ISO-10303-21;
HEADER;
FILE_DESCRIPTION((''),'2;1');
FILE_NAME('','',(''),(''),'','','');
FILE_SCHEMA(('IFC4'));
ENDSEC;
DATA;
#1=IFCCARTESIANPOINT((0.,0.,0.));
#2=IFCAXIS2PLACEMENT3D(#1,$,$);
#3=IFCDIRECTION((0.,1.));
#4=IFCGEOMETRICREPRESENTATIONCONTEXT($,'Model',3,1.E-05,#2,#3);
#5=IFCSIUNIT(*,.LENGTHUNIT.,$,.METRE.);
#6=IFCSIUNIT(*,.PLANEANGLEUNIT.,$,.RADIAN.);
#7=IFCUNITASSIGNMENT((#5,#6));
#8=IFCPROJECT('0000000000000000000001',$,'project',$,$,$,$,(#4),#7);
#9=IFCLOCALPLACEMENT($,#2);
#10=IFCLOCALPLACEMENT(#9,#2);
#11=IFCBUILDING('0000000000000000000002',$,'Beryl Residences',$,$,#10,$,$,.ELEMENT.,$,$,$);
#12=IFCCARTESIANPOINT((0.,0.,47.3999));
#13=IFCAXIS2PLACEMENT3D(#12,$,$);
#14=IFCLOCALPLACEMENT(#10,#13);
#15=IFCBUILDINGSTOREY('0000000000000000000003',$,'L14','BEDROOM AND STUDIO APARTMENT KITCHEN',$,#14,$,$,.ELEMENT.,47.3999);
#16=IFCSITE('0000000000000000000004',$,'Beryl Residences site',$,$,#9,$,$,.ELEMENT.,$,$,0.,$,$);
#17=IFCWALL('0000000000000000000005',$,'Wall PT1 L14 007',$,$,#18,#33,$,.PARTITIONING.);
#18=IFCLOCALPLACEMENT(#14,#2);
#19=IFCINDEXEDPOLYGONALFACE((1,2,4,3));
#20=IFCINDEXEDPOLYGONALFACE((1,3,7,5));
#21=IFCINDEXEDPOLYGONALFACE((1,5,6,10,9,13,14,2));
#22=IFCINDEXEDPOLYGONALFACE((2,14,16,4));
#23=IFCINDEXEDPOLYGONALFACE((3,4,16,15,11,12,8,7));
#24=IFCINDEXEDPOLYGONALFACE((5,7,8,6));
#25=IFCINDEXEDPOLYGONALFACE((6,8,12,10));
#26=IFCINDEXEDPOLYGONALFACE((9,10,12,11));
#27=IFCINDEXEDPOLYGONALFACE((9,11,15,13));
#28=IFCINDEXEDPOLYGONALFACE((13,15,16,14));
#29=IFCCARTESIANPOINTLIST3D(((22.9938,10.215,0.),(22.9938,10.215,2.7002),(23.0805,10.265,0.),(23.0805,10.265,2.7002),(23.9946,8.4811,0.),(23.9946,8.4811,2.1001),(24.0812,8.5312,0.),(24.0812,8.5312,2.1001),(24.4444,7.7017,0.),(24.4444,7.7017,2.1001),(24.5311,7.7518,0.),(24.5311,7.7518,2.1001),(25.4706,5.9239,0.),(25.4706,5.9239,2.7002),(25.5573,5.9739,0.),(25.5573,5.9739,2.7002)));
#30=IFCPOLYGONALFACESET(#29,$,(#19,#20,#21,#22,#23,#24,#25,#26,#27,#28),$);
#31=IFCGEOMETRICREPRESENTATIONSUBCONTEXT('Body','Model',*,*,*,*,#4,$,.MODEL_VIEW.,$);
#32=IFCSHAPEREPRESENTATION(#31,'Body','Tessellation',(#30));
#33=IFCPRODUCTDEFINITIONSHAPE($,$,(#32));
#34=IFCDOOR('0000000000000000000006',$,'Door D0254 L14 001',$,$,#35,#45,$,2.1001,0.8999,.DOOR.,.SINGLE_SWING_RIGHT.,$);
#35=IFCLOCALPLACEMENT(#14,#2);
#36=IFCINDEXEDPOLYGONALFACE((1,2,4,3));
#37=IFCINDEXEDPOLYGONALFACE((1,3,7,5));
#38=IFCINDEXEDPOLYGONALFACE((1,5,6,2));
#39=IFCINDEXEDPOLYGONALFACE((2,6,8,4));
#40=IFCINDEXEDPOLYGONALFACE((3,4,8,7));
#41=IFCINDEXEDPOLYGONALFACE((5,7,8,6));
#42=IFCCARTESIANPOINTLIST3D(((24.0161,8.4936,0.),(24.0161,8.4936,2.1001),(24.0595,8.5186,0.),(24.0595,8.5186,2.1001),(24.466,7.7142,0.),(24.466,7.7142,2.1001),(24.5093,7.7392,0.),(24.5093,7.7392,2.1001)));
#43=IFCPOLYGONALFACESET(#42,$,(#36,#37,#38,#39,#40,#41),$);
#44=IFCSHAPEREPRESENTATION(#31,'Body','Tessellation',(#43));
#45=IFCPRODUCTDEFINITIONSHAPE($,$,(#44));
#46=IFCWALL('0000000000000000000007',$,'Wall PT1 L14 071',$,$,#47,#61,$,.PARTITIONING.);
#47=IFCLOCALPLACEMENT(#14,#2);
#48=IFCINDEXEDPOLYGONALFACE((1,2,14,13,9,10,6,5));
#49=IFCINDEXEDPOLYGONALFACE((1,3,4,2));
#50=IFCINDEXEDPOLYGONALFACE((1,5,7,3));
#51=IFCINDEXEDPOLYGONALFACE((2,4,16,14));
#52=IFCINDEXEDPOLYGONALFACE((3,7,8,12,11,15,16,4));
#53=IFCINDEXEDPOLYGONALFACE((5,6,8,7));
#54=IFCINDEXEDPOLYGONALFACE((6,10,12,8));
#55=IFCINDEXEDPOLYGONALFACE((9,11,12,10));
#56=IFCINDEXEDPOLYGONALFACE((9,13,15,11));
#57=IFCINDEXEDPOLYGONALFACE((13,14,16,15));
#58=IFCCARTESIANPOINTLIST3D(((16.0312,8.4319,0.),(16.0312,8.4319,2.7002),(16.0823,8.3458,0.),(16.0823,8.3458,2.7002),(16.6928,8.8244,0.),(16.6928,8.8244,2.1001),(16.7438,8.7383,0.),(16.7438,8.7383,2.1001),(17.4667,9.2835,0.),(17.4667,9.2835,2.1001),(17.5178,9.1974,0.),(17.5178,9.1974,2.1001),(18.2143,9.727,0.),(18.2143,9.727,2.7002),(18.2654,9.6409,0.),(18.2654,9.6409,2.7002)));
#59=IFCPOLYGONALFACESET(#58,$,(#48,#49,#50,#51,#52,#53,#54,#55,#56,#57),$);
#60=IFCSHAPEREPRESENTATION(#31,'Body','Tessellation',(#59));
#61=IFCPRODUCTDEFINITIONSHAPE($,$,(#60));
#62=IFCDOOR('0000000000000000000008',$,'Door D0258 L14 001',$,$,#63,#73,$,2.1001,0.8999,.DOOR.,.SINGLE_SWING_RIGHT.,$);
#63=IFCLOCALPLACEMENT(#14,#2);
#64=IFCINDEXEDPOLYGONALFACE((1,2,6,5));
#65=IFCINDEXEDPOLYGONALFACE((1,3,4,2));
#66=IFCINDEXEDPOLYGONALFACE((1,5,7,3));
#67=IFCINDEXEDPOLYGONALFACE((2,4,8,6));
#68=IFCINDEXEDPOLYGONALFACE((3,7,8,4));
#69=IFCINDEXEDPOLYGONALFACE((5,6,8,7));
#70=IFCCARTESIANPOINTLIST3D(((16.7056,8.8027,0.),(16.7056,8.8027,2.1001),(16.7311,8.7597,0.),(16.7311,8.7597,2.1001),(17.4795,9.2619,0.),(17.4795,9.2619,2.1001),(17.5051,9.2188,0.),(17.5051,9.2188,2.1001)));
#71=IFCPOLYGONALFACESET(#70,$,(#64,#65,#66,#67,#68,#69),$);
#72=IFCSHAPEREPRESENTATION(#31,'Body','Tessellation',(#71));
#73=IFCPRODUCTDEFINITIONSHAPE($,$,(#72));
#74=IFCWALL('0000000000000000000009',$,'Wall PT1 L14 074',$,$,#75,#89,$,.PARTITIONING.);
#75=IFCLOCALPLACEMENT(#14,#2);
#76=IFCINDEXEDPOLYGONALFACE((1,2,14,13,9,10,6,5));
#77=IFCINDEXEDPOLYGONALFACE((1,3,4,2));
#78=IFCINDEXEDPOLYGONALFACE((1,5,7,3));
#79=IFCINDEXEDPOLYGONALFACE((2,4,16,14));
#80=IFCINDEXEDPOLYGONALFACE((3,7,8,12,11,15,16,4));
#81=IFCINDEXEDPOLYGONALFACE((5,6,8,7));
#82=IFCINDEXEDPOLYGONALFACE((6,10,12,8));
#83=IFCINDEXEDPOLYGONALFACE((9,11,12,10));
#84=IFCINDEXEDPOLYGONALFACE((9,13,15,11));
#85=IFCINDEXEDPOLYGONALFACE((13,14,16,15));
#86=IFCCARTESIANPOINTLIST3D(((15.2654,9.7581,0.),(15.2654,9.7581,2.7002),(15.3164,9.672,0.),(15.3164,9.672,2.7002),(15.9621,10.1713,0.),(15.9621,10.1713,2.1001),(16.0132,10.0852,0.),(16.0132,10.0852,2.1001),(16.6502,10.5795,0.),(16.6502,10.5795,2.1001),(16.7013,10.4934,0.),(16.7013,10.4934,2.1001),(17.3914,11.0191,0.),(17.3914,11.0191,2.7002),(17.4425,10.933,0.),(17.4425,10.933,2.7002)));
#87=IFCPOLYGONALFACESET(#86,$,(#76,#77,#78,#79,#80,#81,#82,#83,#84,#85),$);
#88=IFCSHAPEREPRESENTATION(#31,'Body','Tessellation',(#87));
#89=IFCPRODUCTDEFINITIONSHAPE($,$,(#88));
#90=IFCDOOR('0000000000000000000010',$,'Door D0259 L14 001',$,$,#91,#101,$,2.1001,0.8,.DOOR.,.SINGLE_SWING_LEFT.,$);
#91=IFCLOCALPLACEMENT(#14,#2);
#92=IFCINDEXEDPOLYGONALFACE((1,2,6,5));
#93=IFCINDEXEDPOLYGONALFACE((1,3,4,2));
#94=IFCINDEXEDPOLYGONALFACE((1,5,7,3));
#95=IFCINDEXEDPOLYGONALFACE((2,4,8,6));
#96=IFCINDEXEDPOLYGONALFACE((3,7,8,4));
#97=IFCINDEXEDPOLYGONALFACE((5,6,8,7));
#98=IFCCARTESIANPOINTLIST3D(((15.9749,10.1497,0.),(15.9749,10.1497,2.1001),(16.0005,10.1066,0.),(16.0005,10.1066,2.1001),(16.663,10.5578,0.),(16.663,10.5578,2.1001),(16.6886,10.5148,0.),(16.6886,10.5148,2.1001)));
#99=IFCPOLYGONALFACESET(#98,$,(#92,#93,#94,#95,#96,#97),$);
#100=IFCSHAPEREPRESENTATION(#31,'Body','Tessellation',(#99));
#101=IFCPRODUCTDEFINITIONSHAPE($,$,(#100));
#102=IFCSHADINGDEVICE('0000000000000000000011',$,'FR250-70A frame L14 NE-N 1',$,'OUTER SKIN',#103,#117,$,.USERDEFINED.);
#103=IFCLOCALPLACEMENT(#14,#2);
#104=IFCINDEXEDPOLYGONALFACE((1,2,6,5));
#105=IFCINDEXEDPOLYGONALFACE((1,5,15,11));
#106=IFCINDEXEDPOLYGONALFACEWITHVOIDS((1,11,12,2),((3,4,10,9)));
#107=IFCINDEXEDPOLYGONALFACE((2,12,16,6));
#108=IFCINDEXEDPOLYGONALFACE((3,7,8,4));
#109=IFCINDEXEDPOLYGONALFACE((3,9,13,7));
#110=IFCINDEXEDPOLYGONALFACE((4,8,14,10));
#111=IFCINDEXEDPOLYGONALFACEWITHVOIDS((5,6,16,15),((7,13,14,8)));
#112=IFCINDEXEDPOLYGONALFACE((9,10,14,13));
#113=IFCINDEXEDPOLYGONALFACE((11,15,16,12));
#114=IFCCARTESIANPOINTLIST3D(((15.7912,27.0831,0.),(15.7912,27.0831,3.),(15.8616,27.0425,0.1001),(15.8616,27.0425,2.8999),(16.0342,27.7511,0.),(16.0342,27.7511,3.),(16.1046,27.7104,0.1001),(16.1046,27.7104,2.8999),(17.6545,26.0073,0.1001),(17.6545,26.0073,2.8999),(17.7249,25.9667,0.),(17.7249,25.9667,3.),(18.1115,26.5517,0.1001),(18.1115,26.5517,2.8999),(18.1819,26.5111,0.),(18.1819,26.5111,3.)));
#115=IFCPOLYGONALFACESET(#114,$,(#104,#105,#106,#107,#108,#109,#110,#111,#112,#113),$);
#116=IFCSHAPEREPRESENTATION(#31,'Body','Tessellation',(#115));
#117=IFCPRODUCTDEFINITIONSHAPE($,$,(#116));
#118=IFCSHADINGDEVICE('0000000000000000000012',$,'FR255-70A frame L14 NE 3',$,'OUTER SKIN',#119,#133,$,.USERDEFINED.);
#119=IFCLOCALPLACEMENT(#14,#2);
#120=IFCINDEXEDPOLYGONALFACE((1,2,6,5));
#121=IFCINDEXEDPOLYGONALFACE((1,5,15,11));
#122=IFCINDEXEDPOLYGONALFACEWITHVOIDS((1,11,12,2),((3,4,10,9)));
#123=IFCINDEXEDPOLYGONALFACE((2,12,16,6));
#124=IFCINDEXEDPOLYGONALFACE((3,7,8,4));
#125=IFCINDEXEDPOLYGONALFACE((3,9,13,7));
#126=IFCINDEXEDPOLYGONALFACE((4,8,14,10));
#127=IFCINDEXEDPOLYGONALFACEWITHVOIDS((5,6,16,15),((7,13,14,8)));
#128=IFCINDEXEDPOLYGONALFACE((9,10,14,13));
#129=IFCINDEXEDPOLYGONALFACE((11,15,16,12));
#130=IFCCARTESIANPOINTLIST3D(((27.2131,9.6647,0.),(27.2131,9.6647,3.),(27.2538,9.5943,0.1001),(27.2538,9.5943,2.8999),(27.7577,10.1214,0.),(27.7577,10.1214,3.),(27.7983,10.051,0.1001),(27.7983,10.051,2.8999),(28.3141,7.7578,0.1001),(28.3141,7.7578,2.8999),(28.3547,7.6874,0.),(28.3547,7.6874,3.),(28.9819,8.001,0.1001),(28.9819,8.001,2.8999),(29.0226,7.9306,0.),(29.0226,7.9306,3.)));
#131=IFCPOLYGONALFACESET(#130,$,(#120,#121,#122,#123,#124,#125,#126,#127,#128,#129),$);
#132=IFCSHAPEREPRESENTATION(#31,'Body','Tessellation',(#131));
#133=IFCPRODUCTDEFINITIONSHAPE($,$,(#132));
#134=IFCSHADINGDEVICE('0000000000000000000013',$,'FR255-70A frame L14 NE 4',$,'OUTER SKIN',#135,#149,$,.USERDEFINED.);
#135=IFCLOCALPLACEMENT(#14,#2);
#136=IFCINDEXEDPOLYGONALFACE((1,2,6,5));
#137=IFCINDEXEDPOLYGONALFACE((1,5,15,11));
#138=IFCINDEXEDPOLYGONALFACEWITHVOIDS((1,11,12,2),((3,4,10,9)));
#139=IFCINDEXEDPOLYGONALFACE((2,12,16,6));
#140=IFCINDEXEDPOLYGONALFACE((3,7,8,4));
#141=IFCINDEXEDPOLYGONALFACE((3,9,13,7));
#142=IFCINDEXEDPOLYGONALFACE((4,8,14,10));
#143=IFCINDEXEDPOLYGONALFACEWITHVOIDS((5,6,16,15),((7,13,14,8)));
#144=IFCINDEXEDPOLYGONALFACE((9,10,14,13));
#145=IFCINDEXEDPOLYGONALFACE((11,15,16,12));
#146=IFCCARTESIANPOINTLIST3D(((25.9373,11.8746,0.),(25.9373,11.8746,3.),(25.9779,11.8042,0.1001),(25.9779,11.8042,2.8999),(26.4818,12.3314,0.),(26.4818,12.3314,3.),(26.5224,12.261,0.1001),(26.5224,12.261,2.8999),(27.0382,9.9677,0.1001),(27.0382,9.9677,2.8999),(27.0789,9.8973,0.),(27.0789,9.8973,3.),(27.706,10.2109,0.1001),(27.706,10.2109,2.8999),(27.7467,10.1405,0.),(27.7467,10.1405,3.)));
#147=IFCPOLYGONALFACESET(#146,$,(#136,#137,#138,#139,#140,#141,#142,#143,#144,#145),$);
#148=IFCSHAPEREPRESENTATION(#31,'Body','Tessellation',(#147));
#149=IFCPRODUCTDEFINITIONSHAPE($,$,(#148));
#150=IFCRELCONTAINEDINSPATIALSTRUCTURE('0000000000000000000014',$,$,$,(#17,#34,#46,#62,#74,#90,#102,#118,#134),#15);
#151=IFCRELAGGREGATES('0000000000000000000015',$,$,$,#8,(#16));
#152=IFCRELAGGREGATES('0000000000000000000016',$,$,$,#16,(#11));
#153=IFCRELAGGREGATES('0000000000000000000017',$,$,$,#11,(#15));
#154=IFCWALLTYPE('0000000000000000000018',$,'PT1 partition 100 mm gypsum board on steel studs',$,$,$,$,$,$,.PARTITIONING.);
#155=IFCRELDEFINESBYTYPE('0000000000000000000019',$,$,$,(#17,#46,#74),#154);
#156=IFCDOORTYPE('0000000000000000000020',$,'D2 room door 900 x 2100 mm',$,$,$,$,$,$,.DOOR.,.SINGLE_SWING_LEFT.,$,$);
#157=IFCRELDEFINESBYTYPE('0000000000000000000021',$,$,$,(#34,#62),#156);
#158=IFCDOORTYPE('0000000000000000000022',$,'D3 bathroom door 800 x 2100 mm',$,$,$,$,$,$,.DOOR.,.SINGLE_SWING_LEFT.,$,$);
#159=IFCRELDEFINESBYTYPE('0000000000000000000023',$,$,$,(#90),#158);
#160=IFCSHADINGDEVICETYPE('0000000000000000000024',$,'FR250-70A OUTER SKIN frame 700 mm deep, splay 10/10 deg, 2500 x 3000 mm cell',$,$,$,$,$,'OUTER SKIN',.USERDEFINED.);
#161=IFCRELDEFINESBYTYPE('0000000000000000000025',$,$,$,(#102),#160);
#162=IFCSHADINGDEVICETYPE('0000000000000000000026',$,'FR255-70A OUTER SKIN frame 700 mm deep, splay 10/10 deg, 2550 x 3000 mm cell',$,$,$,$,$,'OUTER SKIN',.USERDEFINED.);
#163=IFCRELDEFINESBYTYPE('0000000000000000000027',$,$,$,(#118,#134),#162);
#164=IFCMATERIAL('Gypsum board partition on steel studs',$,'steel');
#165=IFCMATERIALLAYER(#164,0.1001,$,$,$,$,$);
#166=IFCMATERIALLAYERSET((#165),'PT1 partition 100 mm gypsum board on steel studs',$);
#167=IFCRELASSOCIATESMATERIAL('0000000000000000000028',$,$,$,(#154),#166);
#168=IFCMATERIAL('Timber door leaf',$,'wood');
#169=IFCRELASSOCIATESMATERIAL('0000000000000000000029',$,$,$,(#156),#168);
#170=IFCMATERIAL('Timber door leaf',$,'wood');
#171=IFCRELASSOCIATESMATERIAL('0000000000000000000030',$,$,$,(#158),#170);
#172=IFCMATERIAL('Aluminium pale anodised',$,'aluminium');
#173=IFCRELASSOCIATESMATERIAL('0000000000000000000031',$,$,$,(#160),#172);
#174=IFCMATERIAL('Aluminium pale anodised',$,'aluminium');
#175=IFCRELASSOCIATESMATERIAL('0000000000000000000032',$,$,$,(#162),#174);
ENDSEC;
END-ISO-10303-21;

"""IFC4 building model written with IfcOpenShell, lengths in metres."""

from ifc_helpers import new_model, entity, si_unit, direction, frame, frame_2d, origin, place, context, subcontext, project, spatial, rectangle, extrude, source, transform, mapped, material, layer, layer_set, type_object, type_shapes, element, fill, save


model = new_model("IFC4")

# Units and contexts
model_context = context("Model", 3, precision=1e-05, world=origin(), true_north=direction((0.0, 1.0)))
body_context = subcontext(model_context, "Body", "Model", "MODEL_VIEW")
ifc_project = project(units=[si_unit("LENGTHUNIT", "METRE"), si_unit("PLANEANGLEUNIT", "RADIAN")], contexts=[model_context])

# Site, building, storey
site_placement = place(None, origin())
site = spatial("IfcSite", under=ifc_project, at=site_placement, Name="Beryl Residences site", CompositionType="ELEMENT", RefElevation=0.0)
building_placement = place(site_placement, origin())
building = spatial("IfcBuilding", under=site, at=building_placement, Name="Beryl Residences", CompositionType="ELEMENT")
storey_placement = place(building_placement, frame((0.0, 0.0, 47.3999)))
storey = spatial("IfcBuildingStorey", under=building, at=storey_placement, Name="L14", Description="BEDROOM AND STUDIO APARTMENT KITCHEN", CompositionType="ELEMENT", Elevation=47.3999)

# Shared definitions
ifc_material_1 = material(Name="Gypsum board partition on steel studs", Category="steel")
ifc_layer_1 = layer(ifc_material_1, 0.1001)
ifc_layer_set_1 = layer_set([ifc_layer_1], Name="PT1 partition 100 mm gypsum board on steel studs")
wall_type_1 = type_object("IfcWallType", Name="PT1 partition 100 mm gypsum board on steel studs", PredefinedType="PARTITIONING", material=ifc_layer_set_1)

# Walls, openings, doors
wall_1_placement = place(storey_placement, frame((23.0371, 10.24, 0.0), z_axis=(0.0, 0.0, 1.0), x_axis=(0.499907, -0.866079, 0.0)))
wall_1 = element("IfcWall", 1, at=wall_1_placement, inside=storey, type_object=wall_type_1, Name="Wall PT1 L14 007", PredefinedType="PARTITIONING", context=body_context, shape_type="SweptSolid", body=[
    extrude(rectangle(XDim=4.9546, YDim=0.1001, at=frame_2d((2.4773, 0.0))), origin(), (0.0, 0.0, 1.0), 2.7002),
])
opening_1_placement = place(wall_1_placement, frame((2.002, 0.0, 0.0)))
opening_1 = element("IfcOpeningElement", 2, at=opening_1_placement, cuts=wall_1, PredefinedType="OPENING", context=body_context, shape_type="SweptSolid", body=[
    extrude(rectangle(XDim=0.8999, YDim=2.1001, at=frame_2d((0.45, 1.05))), frame((0.0, 0.0601, 0.0), z_axis=(0.0, -1.0, 0.0), x_axis=(1.0, 0.0, 0.0)), (0.0, 0.0, 1.0), 0.1201),
])
ifc_material_2 = material(Name="Timber door leaf", Category="wood")
door_type_1 = type_object("IfcDoorType", Name="D2 room door 900 x 2100 mm", OperationType="SINGLE_SWING_LEFT", PredefinedType="DOOR", material=ifc_material_2)
door_1_placement = place(opening_1_placement, origin())
door_1 = element("IfcDoor", 3, at=door_1_placement, inside=storey, type_object=door_type_1, Name="Door D0254 L14 001", OperationType="SINGLE_SWING_RIGHT", OverallHeight=2.1001, OverallWidth=0.8999, PredefinedType="DOOR", context=body_context, shape_type="SweptSolid", body=[
    extrude(rectangle(XDim=0.8999, YDim=2.1001, at=frame_2d((0.45, 1.05))), frame((0.0, 0.0249, 0.0), z_axis=(0.0, -1.0, 0.0), x_axis=(1.0, 0.0, 0.0)), (0.0, 0.0, 1.0), 0.05),
])
fill(opening_1, door_1)
wall_2_placement = place(storey_placement, frame((16.0569, 8.3889, 0.0), z_axis=(0.0, 0.0, 1.0), x_axis=(0.860037, 0.510232, 0.0)))
wall_2 = element("IfcWall", 4, at=wall_2_placement, inside=storey, type_object=wall_type_1, Name="Wall PT1 L14 071", PredefinedType="PARTITIONING", context=body_context, shape_type="SweptSolid", body=[
    extrude(rectangle(XDim=2.5383, YDim=0.1001, at=frame_2d((1.269, 0.0))), origin(), (0.0, 0.0, 1.0), 2.7002),
])
opening_2_placement = place(wall_2_placement, frame((0.769, 0.0, 0.0)))
opening_2 = element("IfcOpeningElement", 5, at=opening_2_placement, cuts=wall_2, PredefinedType="OPENING", context=body_context, shape_type="SweptSolid", body=[
    extrude(rectangle(XDim=0.8999, YDim=2.1001, at=frame_2d((0.45, 1.05))), frame((0.0, 0.0601, 0.0), z_axis=(0.0, -1.0, 0.0), x_axis=(1.0, 0.0, 0.0)), (0.0, 0.0, 1.0), 0.1201),
])
door_2_placement = place(opening_2_placement, origin())
door_2 = element("IfcDoor", 6, at=door_2_placement, inside=storey, type_object=door_type_1, Name="Door D0258 L14 001", OperationType="SINGLE_SWING_RIGHT", OverallHeight=2.1001, OverallWidth=0.8999, PredefinedType="DOOR", context=body_context, shape_type="SweptSolid", body=[
    extrude(rectangle(XDim=0.8999, YDim=2.1001, at=frame_2d((0.45, 1.05))), frame((0.0, 0.0249, 0.0), z_axis=(0.0, -1.0, 0.0), x_axis=(1.0, 0.0, 0.0)), (0.0, 0.0, 1.0), 0.05),
])
fill(opening_2, door_2)
wall_3_placement = place(storey_placement, frame((15.291, 9.7151, 0.0), z_axis=(0.0, 0.0, 1.0), x_axis=(0.860088, 0.510146, 0.0)))
wall_3 = element("IfcWall", 7, at=wall_3_placement, inside=storey, type_object=wall_type_1, Name="Wall PT1 L14 074", PredefinedType="PARTITIONING", context=body_context, shape_type="SweptSolid", body=[
    extrude(rectangle(XDim=2.4719, YDim=0.1001, at=frame_2d((1.2358, 0.0))), origin(), (0.0, 0.0, 1.0), 2.7002),
])
opening_3_placement = place(wall_3_placement, frame((0.8101, 0.0, 0.0)))
opening_3 = element("IfcOpeningElement", 8, at=opening_3_placement, cuts=wall_3, PredefinedType="OPENING", context=body_context, shape_type="SweptSolid", body=[
    extrude(rectangle(XDim=0.8, YDim=2.1001, at=frame_2d((0.3999, 1.05))), frame((0.0, 0.0601, 0.0), z_axis=(0.0, -1.0, 0.0), x_axis=(1.0, 0.0, 0.0)), (0.0, 0.0, 1.0), 0.1201),
])
ifc_material_3 = material(Name="Timber door leaf", Category="wood")
door_type_2 = type_object("IfcDoorType", Name="D3 bathroom door 800 x 2100 mm", OperationType="SINGLE_SWING_LEFT", PredefinedType="DOOR", material=ifc_material_3)
door_3_placement = place(opening_3_placement, origin())
door_3 = element("IfcDoor", 9, at=door_3_placement, inside=storey, type_object=door_type_2, Name="Door D0259 L14 001", OperationType="SINGLE_SWING_LEFT", OverallHeight=2.1001, OverallWidth=0.8, PredefinedType="DOOR", context=body_context, shape_type="SweptSolid", body=[
    extrude(rectangle(XDim=0.8, YDim=2.1001, at=frame_2d((0.3999, 1.05))), frame((0.0, 0.0249, 0.0), z_axis=(0.0, -1.0, 0.0), x_axis=(1.0, 0.0, 0.0)), (0.0, 0.0, 1.0), 0.05),
])
fill(opening_3, door_3)

# Shading devices
ifc_material_4 = material(Name="Aluminium pale anodised", Category="aluminium")
shading_device_type_1 = type_object("IfcShadingDeviceType", Name="FR250-70A OUTER SKIN frame 700 mm deep, splay 10/10 deg, 2500 x 3000 mm cell", ElementType="OUTER SKIN", PredefinedType="USERDEFINED", material=ifc_material_4)
cartesian_point_1 = entity("IfcCartesianPoint", [-1.1165, 0.0])
cartesian_point_2 = entity("IfcCartesianPoint", [-1.0352, 0.1001])
cartesian_point_3 = entity("IfcCartesianPoint", [-1.24, 0.0])
cartesian_point_4 = entity("IfcCartesianPoint", [-1.1587, 0.1001])
shared_shape_1 = source(origin(), body_context, "Body", "SweptSolid", [
    entity("IfcExtrudedAreaSolidTapered", entity("IfcArbitraryProfileDefWithVoids", "AREA", None, entity("IfcPolyline", [cartesian_point_1, entity("IfcCartesianPoint", [1.1165, 0.0]), entity("IfcCartesianPoint", [1.1165, 3.0]), entity("IfcCartesianPoint", [-1.1165, 3.0]), cartesian_point_1]), [entity("IfcPolyline", [cartesian_point_2, entity("IfcCartesianPoint", [1.0352, 0.1001]), entity("IfcCartesianPoint", [1.0352, 2.8999]), entity("IfcCartesianPoint", [-1.0352, 2.8999]), cartesian_point_2])]), entity("IfcAxis2Placement3D", entity("IfcCartesianPoint", [0.0, 0.0, 0.0]), entity("IfcDirection", [0.0, 1.0, 0.0]), entity("IfcDirection", [-1.0, 0.0, 0.0])), entity("IfcDirection", [0.0, 0.0, 1.0]), 0.7, entity("IfcArbitraryProfileDefWithVoids", "AREA", None, entity("IfcPolyline", [cartesian_point_3, entity("IfcCartesianPoint", [1.24, 0.0]), entity("IfcCartesianPoint", [1.24, 3.0]), entity("IfcCartesianPoint", [-1.24, 3.0]), cartesian_point_3]), [entity("IfcPolyline", [cartesian_point_4, entity("IfcCartesianPoint", [1.1587, 0.1001]), entity("IfcCartesianPoint", [1.1587, 2.8999]), entity("IfcCartesianPoint", [-1.1587, 2.8999]), cartesian_point_4])])),
])
type_shapes(shading_device_type_1, [shared_shape_1])
shading_device_placement = place(storey_placement, frame((16.7581, 26.5249, 0.0), z_axis=(0.0, 0.0, 1.0), x_axis=(0.866025, -0.5, 0.0)))
element("IfcShadingDevice", 10, at=shading_device_placement, inside=storey, type_object=shading_device_type_1, Name="FR250-70A frame L14 NE-N 1", ObjectType="OUTER SKIN", PredefinedType="USERDEFINED", context=body_context, shape_type="MappedRepresentation", body=[
    mapped(shared_shape_1, transform((0.0, 0.0, 0.0))),
])
ifc_material_5 = material(Name="Aluminium pale anodised", Category="aluminium")
shading_device_type_2 = type_object("IfcShadingDeviceType", Name="FR255-70A OUTER SKIN frame 700 mm deep, splay 10/10 deg, 2550 x 3000 mm cell", ElementType="OUTER SKIN", PredefinedType="USERDEFINED", material=ifc_material_5)
cartesian_point_5 = entity("IfcCartesianPoint", [-1.1416, 0.0])
cartesian_point_6 = entity("IfcCartesianPoint", [-1.0603, 0.1001])
cartesian_point_7 = entity("IfcCartesianPoint", [-1.2649, 0.0])
cartesian_point_8 = entity("IfcCartesianPoint", [-1.1836, 0.1001])
shared_shape_2 = source(origin(), body_context, "Body", "SweptSolid", [
    entity("IfcExtrudedAreaSolidTapered", entity("IfcArbitraryProfileDefWithVoids", "AREA", None, entity("IfcPolyline", [cartesian_point_5, entity("IfcCartesianPoint", [1.1416, 0.0]), entity("IfcCartesianPoint", [1.1416, 3.0]), entity("IfcCartesianPoint", [-1.1416, 3.0]), cartesian_point_5]), [entity("IfcPolyline", [cartesian_point_6, entity("IfcCartesianPoint", [1.0603, 0.1001]), entity("IfcCartesianPoint", [1.0603, 2.8999]), entity("IfcCartesianPoint", [-1.0603, 2.8999]), cartesian_point_6])]), entity("IfcAxis2Placement3D", entity("IfcCartesianPoint", [0.0, 0.0, 0.0]), entity("IfcDirection", [0.0, 1.0, 0.0]), entity("IfcDirection", [-1.0, 0.0, 0.0])), entity("IfcDirection", [0.0, 0.0, 1.0]), 0.7, entity("IfcArbitraryProfileDefWithVoids", "AREA", None, entity("IfcPolyline", [cartesian_point_7, entity("IfcCartesianPoint", [1.2649, 0.0]), entity("IfcCartesianPoint", [1.2649, 3.0]), entity("IfcCartesianPoint", [-1.2649, 3.0]), cartesian_point_7]), [entity("IfcPolyline", [cartesian_point_8, entity("IfcCartesianPoint", [1.1836, 0.1001]), entity("IfcCartesianPoint", [1.1836, 2.8999]), entity("IfcCartesianPoint", [-1.1836, 2.8999]), cartesian_point_8])])),
])
type_shapes(shading_device_type_2, [shared_shape_2])
for number, where, z_axis, x_axis, name in (
    (11, (27.7839, 8.676, 0.0), (0.0, 0.0, 1.0), (0.5, -0.866025, 0.0), "FR255-70A frame L14 NE 3"),
    (12, (26.5081, 10.886, 0.0), (0.0, 0.0, 1.0), (0.5, -0.866025, 0.0), "FR255-70A frame L14 NE 4"),
):
    element("IfcShadingDevice", number, at=place(storey_placement, frame(where, z_axis=z_axis, x_axis=x_axis)), inside=storey, type_object=shading_device_type_2, Name=name, ObjectType="OUTER SKIN", PredefinedType="USERDEFINED", context=body_context, shape_type="MappedRepresentation", body=[
        mapped(shared_shape_2, transform((0.0, 0.0, 0.0))),
    ])

save(model, "model.ifc")
